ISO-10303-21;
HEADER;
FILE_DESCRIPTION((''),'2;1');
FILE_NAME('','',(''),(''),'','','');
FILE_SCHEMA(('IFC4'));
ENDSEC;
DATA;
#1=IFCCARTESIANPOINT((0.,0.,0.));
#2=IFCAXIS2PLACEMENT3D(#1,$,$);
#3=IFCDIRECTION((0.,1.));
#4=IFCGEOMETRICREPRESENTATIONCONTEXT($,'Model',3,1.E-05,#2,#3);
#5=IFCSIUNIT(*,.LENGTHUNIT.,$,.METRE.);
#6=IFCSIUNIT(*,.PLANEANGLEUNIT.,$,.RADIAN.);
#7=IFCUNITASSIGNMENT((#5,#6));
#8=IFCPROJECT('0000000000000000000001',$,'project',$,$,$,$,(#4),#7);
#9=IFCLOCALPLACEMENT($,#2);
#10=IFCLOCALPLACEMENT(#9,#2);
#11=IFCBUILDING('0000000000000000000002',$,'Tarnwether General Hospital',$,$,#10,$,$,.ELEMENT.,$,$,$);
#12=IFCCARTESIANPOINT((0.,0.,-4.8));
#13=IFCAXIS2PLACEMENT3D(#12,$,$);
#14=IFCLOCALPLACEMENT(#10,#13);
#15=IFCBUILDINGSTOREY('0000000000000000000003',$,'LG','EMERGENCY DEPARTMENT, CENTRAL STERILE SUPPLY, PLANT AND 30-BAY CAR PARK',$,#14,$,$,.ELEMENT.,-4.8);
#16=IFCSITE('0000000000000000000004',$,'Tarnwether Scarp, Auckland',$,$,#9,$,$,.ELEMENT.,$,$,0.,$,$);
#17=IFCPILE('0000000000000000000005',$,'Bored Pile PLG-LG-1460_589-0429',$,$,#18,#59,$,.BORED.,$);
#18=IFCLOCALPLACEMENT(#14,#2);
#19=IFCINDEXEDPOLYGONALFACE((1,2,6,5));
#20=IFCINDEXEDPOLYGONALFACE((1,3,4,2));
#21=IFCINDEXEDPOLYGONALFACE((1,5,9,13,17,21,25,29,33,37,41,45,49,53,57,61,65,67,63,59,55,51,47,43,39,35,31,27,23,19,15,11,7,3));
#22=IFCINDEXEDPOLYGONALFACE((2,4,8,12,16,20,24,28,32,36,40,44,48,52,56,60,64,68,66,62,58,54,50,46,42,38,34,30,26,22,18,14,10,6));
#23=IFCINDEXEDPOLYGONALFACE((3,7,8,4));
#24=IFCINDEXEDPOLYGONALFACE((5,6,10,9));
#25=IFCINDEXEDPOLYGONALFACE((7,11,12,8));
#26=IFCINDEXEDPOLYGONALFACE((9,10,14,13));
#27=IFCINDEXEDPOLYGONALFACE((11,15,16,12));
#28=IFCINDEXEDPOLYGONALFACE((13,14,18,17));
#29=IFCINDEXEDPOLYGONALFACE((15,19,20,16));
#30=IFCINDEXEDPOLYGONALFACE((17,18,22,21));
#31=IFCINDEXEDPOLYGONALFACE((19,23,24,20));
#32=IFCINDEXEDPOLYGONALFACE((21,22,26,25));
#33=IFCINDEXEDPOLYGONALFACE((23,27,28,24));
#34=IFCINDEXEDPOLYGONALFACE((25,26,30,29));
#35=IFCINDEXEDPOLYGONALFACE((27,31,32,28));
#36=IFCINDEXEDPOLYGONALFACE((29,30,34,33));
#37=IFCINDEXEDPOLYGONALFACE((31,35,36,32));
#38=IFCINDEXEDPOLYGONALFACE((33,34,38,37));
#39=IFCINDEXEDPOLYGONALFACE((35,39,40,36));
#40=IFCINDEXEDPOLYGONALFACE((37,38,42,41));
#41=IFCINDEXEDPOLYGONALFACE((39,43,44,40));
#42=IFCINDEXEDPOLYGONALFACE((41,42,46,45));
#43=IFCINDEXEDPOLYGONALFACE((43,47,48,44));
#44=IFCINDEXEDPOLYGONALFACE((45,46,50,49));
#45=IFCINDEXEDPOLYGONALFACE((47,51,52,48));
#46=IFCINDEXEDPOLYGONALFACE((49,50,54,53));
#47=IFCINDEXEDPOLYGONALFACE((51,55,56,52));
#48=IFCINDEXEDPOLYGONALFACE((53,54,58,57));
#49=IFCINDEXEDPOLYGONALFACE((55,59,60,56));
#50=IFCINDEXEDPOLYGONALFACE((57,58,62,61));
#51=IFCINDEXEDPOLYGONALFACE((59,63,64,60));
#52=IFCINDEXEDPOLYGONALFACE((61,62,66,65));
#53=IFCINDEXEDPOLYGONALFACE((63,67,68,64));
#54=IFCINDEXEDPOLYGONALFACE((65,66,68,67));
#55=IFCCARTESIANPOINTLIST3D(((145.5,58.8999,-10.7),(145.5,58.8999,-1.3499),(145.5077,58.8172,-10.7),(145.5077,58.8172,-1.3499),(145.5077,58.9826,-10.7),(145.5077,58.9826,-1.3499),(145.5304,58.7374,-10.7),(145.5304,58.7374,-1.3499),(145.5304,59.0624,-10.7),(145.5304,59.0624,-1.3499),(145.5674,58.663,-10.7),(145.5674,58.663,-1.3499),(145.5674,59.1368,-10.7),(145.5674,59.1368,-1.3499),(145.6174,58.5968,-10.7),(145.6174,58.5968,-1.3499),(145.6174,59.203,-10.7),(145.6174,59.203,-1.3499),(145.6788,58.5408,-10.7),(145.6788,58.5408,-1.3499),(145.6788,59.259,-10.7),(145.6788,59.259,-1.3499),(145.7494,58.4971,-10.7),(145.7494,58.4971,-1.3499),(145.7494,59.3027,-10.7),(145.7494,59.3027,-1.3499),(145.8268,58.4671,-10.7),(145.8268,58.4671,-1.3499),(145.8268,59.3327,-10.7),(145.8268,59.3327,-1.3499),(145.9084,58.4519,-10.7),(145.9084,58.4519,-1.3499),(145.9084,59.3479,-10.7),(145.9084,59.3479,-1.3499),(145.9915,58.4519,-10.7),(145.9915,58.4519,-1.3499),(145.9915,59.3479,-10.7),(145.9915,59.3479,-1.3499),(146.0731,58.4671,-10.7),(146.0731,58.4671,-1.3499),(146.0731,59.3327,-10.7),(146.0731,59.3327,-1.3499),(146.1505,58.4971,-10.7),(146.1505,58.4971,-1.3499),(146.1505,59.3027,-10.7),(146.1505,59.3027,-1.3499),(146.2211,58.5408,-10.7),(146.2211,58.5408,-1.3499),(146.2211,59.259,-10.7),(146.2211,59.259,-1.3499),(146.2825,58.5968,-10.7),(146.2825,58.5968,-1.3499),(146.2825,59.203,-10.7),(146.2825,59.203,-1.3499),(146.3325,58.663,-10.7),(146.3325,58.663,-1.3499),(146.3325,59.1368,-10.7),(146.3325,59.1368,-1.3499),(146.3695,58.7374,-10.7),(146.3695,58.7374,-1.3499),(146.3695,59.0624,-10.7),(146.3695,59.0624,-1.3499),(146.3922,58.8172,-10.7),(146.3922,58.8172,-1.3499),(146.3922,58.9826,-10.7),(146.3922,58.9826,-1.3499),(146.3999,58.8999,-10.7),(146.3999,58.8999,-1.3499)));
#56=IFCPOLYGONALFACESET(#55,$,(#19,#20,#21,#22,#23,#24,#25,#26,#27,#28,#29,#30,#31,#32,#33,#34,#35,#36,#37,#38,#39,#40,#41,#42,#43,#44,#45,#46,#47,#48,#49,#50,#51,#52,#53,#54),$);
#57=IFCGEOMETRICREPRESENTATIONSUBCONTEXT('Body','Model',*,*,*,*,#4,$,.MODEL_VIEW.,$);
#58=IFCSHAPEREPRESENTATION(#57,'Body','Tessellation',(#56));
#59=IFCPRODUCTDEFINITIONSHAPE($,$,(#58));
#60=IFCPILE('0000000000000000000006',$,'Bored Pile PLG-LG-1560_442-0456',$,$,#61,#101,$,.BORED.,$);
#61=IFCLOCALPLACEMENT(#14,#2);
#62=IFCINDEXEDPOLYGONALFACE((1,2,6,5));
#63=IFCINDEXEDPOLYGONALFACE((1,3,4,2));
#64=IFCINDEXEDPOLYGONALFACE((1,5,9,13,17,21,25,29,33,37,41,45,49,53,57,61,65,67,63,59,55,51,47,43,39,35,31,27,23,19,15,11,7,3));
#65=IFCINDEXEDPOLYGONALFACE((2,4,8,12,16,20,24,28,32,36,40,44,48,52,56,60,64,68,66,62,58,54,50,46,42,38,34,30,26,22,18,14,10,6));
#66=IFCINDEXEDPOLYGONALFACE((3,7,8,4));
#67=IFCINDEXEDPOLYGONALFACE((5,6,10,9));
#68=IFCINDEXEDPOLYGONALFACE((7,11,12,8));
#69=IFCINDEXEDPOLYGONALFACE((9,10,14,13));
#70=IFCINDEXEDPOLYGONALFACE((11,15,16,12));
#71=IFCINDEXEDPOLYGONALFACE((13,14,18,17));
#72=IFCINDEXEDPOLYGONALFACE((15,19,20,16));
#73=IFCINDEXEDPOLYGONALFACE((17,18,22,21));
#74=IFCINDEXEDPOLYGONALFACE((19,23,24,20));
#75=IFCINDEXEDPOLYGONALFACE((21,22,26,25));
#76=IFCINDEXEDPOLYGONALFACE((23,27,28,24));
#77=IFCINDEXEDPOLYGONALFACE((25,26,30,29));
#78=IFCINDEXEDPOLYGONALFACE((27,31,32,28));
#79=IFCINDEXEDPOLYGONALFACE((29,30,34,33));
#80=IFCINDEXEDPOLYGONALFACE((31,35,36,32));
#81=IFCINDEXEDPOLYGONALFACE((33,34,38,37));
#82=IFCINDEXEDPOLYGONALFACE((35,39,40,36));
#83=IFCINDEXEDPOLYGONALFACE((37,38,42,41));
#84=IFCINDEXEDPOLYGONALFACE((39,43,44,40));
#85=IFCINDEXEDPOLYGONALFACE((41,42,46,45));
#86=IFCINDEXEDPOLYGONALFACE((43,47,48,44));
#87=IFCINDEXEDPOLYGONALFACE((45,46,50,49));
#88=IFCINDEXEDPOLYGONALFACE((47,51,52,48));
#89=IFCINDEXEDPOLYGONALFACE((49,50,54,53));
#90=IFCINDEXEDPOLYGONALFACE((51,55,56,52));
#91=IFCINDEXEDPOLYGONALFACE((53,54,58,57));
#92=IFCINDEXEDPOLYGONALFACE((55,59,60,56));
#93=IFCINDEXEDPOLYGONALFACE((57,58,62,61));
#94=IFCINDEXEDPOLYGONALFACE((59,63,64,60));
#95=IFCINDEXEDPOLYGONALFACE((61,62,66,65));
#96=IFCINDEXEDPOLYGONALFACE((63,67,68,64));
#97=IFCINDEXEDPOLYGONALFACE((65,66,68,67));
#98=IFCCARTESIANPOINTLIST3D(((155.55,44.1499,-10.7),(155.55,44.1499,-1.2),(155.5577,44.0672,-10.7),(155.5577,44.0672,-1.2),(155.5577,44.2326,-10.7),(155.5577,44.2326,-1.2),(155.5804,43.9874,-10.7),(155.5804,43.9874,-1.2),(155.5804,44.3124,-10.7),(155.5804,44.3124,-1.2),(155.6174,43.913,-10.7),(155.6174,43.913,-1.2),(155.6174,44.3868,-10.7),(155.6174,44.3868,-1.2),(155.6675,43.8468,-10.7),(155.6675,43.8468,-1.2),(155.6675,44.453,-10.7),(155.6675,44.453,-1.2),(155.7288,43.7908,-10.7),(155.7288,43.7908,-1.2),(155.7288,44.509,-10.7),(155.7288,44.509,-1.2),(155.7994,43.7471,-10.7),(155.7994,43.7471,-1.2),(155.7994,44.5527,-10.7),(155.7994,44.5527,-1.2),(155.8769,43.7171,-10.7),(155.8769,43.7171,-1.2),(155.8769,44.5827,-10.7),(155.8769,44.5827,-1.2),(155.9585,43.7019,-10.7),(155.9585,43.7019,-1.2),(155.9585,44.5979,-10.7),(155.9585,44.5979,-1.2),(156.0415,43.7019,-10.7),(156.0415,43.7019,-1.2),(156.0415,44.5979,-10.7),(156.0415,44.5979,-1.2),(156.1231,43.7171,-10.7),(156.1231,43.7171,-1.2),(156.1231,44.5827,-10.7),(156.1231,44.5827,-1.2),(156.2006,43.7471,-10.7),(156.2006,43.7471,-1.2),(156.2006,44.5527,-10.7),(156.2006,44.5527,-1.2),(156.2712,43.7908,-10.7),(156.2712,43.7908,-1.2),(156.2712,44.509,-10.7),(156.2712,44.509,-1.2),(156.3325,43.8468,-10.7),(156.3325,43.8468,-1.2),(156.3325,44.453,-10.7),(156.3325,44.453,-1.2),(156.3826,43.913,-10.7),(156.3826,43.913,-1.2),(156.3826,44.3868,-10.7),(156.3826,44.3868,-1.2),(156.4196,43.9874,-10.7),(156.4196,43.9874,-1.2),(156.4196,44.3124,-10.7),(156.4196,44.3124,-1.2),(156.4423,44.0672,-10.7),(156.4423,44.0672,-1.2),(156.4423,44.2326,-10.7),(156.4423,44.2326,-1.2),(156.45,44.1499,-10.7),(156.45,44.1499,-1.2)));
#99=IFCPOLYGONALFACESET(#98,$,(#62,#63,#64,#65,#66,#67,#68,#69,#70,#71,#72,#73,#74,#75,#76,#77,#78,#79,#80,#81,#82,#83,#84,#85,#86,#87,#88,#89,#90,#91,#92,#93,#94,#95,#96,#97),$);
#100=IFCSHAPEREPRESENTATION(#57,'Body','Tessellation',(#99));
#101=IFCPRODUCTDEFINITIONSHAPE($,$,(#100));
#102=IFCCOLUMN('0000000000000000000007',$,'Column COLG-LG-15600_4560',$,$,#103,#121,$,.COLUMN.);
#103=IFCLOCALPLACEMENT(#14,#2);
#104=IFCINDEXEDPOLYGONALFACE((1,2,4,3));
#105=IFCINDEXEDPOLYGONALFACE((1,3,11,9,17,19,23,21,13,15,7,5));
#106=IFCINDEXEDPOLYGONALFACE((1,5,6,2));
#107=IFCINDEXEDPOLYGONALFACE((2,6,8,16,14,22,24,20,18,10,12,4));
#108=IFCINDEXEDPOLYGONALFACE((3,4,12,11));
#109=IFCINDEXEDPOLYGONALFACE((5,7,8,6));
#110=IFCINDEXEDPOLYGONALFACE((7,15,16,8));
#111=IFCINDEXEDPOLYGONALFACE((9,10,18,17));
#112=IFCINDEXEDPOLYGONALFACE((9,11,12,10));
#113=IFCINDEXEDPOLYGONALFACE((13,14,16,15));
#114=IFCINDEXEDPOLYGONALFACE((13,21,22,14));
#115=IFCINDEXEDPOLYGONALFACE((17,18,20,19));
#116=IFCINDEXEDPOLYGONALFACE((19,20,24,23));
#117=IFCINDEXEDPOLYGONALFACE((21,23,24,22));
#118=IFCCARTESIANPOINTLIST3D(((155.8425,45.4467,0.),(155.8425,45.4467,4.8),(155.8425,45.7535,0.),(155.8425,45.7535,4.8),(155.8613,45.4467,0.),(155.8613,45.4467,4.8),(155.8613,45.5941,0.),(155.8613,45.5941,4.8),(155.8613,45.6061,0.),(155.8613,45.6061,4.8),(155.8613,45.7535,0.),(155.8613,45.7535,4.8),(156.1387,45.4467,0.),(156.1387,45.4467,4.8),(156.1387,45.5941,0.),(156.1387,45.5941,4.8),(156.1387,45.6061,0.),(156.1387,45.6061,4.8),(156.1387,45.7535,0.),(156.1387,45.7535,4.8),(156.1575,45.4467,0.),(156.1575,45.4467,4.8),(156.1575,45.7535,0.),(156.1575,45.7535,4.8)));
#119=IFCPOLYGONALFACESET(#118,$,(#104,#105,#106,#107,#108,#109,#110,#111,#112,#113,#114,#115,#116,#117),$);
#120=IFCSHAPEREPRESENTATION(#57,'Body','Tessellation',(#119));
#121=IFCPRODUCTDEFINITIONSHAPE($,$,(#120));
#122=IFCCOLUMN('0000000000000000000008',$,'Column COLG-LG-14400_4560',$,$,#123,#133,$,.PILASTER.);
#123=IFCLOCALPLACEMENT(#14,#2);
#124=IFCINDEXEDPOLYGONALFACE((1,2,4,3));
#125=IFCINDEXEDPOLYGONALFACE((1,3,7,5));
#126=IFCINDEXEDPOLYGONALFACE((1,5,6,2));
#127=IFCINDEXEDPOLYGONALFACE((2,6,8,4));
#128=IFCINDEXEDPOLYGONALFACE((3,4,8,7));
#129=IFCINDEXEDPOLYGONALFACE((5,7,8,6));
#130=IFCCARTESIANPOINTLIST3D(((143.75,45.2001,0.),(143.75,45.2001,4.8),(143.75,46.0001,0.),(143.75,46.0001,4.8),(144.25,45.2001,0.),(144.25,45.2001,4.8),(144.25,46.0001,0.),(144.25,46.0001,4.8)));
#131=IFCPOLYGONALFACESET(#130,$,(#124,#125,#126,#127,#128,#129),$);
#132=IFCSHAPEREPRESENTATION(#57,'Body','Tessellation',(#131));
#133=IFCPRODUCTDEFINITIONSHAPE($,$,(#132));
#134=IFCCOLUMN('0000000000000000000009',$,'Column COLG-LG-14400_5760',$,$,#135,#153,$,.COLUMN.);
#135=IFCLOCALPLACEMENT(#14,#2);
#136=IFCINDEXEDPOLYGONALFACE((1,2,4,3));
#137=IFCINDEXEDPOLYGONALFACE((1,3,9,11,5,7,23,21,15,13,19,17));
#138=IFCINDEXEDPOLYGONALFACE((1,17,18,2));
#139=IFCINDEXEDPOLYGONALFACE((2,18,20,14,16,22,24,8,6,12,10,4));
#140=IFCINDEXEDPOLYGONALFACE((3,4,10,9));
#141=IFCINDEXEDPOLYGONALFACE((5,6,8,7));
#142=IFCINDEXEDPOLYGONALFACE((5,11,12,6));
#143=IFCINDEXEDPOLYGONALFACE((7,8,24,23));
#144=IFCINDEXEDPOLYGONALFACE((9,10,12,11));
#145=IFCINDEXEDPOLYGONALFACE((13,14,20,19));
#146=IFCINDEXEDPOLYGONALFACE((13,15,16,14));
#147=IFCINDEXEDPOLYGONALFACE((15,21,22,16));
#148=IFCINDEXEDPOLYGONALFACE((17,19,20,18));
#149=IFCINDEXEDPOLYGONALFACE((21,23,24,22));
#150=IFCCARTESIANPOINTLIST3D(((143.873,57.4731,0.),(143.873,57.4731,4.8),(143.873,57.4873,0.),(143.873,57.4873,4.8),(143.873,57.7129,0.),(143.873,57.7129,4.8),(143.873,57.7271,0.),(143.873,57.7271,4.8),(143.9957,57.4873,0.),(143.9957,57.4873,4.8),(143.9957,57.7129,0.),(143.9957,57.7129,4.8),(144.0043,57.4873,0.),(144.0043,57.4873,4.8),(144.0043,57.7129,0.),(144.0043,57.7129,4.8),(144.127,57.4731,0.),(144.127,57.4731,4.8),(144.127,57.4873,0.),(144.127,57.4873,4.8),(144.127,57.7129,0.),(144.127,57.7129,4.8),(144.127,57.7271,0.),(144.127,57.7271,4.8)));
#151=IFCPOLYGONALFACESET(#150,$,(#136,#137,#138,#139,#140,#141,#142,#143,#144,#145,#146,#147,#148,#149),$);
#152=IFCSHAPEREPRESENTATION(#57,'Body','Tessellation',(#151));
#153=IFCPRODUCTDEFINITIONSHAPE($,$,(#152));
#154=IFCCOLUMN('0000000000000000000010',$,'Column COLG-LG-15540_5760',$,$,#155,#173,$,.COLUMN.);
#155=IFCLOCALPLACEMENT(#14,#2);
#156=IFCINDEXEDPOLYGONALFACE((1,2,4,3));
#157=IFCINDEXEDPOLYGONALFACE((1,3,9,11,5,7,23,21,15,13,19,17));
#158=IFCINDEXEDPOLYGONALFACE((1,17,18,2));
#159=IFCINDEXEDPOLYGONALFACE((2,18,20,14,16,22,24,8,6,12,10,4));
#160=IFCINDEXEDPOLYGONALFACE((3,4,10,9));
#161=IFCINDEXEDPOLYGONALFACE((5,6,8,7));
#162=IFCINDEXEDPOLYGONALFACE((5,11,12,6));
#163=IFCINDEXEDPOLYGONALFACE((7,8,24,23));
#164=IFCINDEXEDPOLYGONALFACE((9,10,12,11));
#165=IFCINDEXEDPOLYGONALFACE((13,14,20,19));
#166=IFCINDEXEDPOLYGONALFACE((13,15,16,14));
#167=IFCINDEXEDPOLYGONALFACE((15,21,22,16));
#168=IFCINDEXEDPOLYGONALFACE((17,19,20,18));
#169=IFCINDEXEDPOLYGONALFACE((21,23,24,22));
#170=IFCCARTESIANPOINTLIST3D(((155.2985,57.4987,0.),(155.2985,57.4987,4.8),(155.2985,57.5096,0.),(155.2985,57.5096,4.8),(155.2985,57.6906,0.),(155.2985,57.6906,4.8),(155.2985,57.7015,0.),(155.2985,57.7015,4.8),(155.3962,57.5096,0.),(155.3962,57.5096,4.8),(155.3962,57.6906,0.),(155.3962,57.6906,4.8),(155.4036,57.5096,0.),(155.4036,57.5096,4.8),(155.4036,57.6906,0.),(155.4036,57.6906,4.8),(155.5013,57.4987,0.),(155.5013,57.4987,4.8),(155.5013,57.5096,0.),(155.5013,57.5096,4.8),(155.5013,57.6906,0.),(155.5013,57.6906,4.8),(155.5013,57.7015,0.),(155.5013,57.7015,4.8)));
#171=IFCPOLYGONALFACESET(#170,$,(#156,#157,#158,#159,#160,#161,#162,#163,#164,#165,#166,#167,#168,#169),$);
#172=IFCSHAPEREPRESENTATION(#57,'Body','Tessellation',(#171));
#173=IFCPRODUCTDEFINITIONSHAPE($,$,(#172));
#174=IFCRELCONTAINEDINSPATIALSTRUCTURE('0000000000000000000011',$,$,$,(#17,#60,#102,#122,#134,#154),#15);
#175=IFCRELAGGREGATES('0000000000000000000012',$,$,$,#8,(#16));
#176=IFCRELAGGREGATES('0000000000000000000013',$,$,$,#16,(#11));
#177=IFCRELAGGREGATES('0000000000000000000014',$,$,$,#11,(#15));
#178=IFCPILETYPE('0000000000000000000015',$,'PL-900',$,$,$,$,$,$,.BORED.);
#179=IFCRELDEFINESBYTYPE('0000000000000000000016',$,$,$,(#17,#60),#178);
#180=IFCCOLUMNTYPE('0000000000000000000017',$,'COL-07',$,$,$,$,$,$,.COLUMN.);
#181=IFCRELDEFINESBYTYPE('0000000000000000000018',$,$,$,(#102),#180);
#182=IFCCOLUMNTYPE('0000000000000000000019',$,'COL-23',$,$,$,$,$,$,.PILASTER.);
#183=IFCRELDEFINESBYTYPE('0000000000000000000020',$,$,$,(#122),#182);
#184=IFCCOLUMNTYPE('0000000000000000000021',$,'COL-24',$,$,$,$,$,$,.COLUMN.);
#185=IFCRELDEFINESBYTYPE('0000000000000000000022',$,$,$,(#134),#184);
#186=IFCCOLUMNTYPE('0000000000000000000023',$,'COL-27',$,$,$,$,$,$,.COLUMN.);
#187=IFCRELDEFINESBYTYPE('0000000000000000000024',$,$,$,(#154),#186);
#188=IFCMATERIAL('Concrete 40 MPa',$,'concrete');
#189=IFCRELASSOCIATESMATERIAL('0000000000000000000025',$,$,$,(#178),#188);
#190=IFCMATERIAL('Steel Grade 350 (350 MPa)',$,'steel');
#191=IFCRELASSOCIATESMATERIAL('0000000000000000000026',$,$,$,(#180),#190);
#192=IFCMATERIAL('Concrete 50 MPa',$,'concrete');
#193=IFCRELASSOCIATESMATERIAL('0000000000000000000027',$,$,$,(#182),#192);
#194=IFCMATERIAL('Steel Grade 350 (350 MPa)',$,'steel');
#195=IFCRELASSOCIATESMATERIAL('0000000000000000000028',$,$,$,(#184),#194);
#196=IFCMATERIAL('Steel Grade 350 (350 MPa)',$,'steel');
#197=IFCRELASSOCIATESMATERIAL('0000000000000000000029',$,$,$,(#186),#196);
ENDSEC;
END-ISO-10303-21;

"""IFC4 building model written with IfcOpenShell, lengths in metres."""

from ifc_helpers import new_model, si_unit, direction, frame, origin, origin_2d, place, context, subcontext, project, spatial, rectangle, circle, i_section, extrude, material, material_profile, profile_set, type_object, element, save


model = new_model("IFC4")

# Units and contexts
model_context = context("Model", 3, precision=1e-05, world=origin(), true_north=direction((0.0, 1.0)))
body_context = subcontext(model_context, "Body", "Model", "MODEL_VIEW")
ifc_project = project(units=[si_unit("LENGTHUNIT", "METRE"), si_unit("PLANEANGLEUNIT", "RADIAN")], contexts=[model_context])

# Site, building, storey
site_placement = place(None, origin())
site = spatial("IfcSite", under=ifc_project, at=site_placement, Name="Tarnwether Scarp, Auckland", CompositionType="ELEMENT", RefElevation=0.0)
building_placement = place(site_placement, origin())
building = spatial("IfcBuilding", under=site, at=building_placement, Name="Tarnwether General Hospital", CompositionType="ELEMENT")
storey_placement = place(building_placement, frame((0.0, 0.0, -4.8)))
storey = spatial("IfcBuildingStorey", under=building, at=storey_placement, Name="LG", Description="EMERGENCY DEPARTMENT, CENTRAL STERILE SUPPLY, PLANT AND 30-BAY CAR PARK", CompositionType="ELEMENT", Elevation=-4.8)

# Piles
ifc_material_1 = material(Name="Concrete 40 MPa", Category="concrete")
ifc_material_profile_1 = material_profile(ifc_material_1, circle(Radius=0.45, at=origin_2d()), Name="PILE-D900")
ifc_profile_set_1 = profile_set([ifc_material_profile_1], Name="Concrete 40 MPa")
pile_type_1 = type_object("IfcPileType", Name="PL-900", PredefinedType="BORED", material=ifc_profile_set_1)
for number, where, z_axis, x_axis, name in (
    (1, (145.95, 58.8999, -1.3499), (0.0, 0.0, -1.0), (1.0, 0.0, 0.0), "Bored Pile PLG-LG-1460_589-0429"),
):
    element("IfcPile", number, at=place(storey_placement, frame(where, z_axis=z_axis, x_axis=x_axis)), inside=storey, type_object=pile_type_1, Name=name, PredefinedType="BORED", context=body_context, shape_type="SweptSolid", body=[
        extrude(circle(Radius=0.45, at=origin_2d()), origin(), (0.0, 0.0, 1.0), 9.3501),
    ])
pile_1_placement = place(storey_placement, frame((156.0, 44.1499, -1.2), z_axis=(0.0, 0.0, -1.0), x_axis=(1.0, 0.0, 0.0)))
element("IfcPile", 2, at=pile_1_placement, inside=storey, type_object=pile_type_1, Name="Bored Pile PLG-LG-1560_442-0456", PredefinedType="BORED", context=body_context, shape_type="SweptSolid", body=[
    extrude(circle(Radius=0.45, at=origin_2d()), origin(), (0.0, 0.0, 1.0), 9.5),
])

# Columns
ifc_material_2 = material(Name="Steel Grade 350 (350 MPa)", Category="steel")
ifc_material_profile_2 = material_profile(ifc_material_2, i_section(OverallWidth=0.3069, OverallDepth=0.3149, WebThickness=0.012, FlangeThickness=0.0188, at=origin_2d()), Name="310UC118")
ifc_profile_set_2 = profile_set([ifc_material_profile_2], Name="Steel Grade 350 (350 MPa)")
column_type_1 = type_object("IfcColumnType", Name="COL-07", PredefinedType="COLUMN", material=ifc_profile_set_2)
column_1_placement = place(storey_placement, frame((156.0, 45.6001, 0.0), z_axis=(0.0, 0.0, 1.0), x_axis=(0.0, 1.0, 0.0)))
element("IfcColumn", 3, at=column_1_placement, inside=storey, type_object=column_type_1, Name="Column COLG-LG-15600_4560", PredefinedType="COLUMN", context=body_context, shape_type="SweptSolid", body=[
    extrude(i_section(OverallWidth=0.3069, OverallDepth=0.3149, WebThickness=0.012, FlangeThickness=0.0188, at=origin_2d()), origin(), (0.0, 0.0, 1.0), 4.8),
])
ifc_material_3 = material(Name="Concrete 50 MPa", Category="concrete")
ifc_material_profile_3 = material_profile(ifc_material_3, rectangle(XDim=0.5, YDim=0.8, at=origin_2d()), Name="RC-PIL-500x800")
ifc_profile_set_3 = profile_set([ifc_material_profile_3], Name="Concrete 50 MPa")
column_type_2 = type_object("IfcColumnType", Name="COL-23", PredefinedType="PILASTER", material=ifc_profile_set_3)
column_2_placement = place(storey_placement, frame((144.0, 45.6001, 0.0), z_axis=(0.0, 0.0, 1.0), x_axis=(1.0, 0.0, 0.0)))
element("IfcColumn", 4, at=column_2_placement, inside=storey, type_object=column_type_2, Name="Column COLG-LG-14400_4560", PredefinedType="PILASTER", context=body_context, shape_type="SweptSolid", body=[
    extrude(rectangle(XDim=0.5, YDim=0.8, at=origin_2d()), origin(), (0.0, 0.0, 1.0), 4.8),
])
ifc_material_4 = material(Name="Steel Grade 350 (350 MPa)", Category="steel")
ifc_material_profile_4 = material_profile(ifc_material_4, i_section(OverallWidth=0.2539, OverallDepth=0.2539, WebThickness=0.0085, FlangeThickness=0.0142, at=origin_2d()), Name="250UC72.9")
ifc_profile_set_4 = profile_set([ifc_material_profile_4], Name="Steel Grade 350 (350 MPa)")
column_type_3 = type_object("IfcColumnType", Name="COL-24", PredefinedType="COLUMN", material=ifc_profile_set_4)
column_3_placement = place(storey_placement, frame((144.0, 57.6001, 0.0), z_axis=(0.0, 0.0, 1.0), x_axis=(1.0, 0.0, 0.0)))
element("IfcColumn", 5, at=column_3_placement, inside=storey, type_object=column_type_3, Name="Column COLG-LG-14400_5760", PredefinedType="COLUMN", context=body_context, shape_type="SweptSolid", body=[
    extrude(i_section(OverallWidth=0.2539, OverallDepth=0.2539, WebThickness=0.0085, FlangeThickness=0.0142, at=origin_2d()), origin(), (0.0, 0.0, 1.0), 4.8),
])
ifc_material_5 = material(Name="Steel Grade 350 (350 MPa)", Category="steel")
ifc_material_profile_5 = material_profile(ifc_material_5, i_section(OverallWidth=0.2029, OverallDepth=0.2029, WebThickness=0.0073, FlangeThickness=0.011, at=origin_2d()), Name="200UC46.2")
ifc_profile_set_5 = profile_set([ifc_material_profile_5], Name="Steel Grade 350 (350 MPa)")
column_type_4 = type_object("IfcColumnType", Name="COL-27", PredefinedType="COLUMN", material=ifc_profile_set_5)
column_4_placement = place(storey_placement, frame((155.3999, 57.6001, 0.0), z_axis=(0.0, 0.0, 1.0), x_axis=(1.0, 0.0, 0.0)))
element("IfcColumn", 6, at=column_4_placement, inside=storey, type_object=column_type_4, Name="Column COLG-LG-15540_5760", PredefinedType="COLUMN", context=body_context, shape_type="SweptSolid", body=[
    extrude(i_section(OverallWidth=0.2029, OverallDepth=0.2029, WebThickness=0.0073, FlangeThickness=0.011, at=origin_2d()), origin(), (0.0, 0.0, 1.0), 4.8),
])

save(model, "model.ifc")
